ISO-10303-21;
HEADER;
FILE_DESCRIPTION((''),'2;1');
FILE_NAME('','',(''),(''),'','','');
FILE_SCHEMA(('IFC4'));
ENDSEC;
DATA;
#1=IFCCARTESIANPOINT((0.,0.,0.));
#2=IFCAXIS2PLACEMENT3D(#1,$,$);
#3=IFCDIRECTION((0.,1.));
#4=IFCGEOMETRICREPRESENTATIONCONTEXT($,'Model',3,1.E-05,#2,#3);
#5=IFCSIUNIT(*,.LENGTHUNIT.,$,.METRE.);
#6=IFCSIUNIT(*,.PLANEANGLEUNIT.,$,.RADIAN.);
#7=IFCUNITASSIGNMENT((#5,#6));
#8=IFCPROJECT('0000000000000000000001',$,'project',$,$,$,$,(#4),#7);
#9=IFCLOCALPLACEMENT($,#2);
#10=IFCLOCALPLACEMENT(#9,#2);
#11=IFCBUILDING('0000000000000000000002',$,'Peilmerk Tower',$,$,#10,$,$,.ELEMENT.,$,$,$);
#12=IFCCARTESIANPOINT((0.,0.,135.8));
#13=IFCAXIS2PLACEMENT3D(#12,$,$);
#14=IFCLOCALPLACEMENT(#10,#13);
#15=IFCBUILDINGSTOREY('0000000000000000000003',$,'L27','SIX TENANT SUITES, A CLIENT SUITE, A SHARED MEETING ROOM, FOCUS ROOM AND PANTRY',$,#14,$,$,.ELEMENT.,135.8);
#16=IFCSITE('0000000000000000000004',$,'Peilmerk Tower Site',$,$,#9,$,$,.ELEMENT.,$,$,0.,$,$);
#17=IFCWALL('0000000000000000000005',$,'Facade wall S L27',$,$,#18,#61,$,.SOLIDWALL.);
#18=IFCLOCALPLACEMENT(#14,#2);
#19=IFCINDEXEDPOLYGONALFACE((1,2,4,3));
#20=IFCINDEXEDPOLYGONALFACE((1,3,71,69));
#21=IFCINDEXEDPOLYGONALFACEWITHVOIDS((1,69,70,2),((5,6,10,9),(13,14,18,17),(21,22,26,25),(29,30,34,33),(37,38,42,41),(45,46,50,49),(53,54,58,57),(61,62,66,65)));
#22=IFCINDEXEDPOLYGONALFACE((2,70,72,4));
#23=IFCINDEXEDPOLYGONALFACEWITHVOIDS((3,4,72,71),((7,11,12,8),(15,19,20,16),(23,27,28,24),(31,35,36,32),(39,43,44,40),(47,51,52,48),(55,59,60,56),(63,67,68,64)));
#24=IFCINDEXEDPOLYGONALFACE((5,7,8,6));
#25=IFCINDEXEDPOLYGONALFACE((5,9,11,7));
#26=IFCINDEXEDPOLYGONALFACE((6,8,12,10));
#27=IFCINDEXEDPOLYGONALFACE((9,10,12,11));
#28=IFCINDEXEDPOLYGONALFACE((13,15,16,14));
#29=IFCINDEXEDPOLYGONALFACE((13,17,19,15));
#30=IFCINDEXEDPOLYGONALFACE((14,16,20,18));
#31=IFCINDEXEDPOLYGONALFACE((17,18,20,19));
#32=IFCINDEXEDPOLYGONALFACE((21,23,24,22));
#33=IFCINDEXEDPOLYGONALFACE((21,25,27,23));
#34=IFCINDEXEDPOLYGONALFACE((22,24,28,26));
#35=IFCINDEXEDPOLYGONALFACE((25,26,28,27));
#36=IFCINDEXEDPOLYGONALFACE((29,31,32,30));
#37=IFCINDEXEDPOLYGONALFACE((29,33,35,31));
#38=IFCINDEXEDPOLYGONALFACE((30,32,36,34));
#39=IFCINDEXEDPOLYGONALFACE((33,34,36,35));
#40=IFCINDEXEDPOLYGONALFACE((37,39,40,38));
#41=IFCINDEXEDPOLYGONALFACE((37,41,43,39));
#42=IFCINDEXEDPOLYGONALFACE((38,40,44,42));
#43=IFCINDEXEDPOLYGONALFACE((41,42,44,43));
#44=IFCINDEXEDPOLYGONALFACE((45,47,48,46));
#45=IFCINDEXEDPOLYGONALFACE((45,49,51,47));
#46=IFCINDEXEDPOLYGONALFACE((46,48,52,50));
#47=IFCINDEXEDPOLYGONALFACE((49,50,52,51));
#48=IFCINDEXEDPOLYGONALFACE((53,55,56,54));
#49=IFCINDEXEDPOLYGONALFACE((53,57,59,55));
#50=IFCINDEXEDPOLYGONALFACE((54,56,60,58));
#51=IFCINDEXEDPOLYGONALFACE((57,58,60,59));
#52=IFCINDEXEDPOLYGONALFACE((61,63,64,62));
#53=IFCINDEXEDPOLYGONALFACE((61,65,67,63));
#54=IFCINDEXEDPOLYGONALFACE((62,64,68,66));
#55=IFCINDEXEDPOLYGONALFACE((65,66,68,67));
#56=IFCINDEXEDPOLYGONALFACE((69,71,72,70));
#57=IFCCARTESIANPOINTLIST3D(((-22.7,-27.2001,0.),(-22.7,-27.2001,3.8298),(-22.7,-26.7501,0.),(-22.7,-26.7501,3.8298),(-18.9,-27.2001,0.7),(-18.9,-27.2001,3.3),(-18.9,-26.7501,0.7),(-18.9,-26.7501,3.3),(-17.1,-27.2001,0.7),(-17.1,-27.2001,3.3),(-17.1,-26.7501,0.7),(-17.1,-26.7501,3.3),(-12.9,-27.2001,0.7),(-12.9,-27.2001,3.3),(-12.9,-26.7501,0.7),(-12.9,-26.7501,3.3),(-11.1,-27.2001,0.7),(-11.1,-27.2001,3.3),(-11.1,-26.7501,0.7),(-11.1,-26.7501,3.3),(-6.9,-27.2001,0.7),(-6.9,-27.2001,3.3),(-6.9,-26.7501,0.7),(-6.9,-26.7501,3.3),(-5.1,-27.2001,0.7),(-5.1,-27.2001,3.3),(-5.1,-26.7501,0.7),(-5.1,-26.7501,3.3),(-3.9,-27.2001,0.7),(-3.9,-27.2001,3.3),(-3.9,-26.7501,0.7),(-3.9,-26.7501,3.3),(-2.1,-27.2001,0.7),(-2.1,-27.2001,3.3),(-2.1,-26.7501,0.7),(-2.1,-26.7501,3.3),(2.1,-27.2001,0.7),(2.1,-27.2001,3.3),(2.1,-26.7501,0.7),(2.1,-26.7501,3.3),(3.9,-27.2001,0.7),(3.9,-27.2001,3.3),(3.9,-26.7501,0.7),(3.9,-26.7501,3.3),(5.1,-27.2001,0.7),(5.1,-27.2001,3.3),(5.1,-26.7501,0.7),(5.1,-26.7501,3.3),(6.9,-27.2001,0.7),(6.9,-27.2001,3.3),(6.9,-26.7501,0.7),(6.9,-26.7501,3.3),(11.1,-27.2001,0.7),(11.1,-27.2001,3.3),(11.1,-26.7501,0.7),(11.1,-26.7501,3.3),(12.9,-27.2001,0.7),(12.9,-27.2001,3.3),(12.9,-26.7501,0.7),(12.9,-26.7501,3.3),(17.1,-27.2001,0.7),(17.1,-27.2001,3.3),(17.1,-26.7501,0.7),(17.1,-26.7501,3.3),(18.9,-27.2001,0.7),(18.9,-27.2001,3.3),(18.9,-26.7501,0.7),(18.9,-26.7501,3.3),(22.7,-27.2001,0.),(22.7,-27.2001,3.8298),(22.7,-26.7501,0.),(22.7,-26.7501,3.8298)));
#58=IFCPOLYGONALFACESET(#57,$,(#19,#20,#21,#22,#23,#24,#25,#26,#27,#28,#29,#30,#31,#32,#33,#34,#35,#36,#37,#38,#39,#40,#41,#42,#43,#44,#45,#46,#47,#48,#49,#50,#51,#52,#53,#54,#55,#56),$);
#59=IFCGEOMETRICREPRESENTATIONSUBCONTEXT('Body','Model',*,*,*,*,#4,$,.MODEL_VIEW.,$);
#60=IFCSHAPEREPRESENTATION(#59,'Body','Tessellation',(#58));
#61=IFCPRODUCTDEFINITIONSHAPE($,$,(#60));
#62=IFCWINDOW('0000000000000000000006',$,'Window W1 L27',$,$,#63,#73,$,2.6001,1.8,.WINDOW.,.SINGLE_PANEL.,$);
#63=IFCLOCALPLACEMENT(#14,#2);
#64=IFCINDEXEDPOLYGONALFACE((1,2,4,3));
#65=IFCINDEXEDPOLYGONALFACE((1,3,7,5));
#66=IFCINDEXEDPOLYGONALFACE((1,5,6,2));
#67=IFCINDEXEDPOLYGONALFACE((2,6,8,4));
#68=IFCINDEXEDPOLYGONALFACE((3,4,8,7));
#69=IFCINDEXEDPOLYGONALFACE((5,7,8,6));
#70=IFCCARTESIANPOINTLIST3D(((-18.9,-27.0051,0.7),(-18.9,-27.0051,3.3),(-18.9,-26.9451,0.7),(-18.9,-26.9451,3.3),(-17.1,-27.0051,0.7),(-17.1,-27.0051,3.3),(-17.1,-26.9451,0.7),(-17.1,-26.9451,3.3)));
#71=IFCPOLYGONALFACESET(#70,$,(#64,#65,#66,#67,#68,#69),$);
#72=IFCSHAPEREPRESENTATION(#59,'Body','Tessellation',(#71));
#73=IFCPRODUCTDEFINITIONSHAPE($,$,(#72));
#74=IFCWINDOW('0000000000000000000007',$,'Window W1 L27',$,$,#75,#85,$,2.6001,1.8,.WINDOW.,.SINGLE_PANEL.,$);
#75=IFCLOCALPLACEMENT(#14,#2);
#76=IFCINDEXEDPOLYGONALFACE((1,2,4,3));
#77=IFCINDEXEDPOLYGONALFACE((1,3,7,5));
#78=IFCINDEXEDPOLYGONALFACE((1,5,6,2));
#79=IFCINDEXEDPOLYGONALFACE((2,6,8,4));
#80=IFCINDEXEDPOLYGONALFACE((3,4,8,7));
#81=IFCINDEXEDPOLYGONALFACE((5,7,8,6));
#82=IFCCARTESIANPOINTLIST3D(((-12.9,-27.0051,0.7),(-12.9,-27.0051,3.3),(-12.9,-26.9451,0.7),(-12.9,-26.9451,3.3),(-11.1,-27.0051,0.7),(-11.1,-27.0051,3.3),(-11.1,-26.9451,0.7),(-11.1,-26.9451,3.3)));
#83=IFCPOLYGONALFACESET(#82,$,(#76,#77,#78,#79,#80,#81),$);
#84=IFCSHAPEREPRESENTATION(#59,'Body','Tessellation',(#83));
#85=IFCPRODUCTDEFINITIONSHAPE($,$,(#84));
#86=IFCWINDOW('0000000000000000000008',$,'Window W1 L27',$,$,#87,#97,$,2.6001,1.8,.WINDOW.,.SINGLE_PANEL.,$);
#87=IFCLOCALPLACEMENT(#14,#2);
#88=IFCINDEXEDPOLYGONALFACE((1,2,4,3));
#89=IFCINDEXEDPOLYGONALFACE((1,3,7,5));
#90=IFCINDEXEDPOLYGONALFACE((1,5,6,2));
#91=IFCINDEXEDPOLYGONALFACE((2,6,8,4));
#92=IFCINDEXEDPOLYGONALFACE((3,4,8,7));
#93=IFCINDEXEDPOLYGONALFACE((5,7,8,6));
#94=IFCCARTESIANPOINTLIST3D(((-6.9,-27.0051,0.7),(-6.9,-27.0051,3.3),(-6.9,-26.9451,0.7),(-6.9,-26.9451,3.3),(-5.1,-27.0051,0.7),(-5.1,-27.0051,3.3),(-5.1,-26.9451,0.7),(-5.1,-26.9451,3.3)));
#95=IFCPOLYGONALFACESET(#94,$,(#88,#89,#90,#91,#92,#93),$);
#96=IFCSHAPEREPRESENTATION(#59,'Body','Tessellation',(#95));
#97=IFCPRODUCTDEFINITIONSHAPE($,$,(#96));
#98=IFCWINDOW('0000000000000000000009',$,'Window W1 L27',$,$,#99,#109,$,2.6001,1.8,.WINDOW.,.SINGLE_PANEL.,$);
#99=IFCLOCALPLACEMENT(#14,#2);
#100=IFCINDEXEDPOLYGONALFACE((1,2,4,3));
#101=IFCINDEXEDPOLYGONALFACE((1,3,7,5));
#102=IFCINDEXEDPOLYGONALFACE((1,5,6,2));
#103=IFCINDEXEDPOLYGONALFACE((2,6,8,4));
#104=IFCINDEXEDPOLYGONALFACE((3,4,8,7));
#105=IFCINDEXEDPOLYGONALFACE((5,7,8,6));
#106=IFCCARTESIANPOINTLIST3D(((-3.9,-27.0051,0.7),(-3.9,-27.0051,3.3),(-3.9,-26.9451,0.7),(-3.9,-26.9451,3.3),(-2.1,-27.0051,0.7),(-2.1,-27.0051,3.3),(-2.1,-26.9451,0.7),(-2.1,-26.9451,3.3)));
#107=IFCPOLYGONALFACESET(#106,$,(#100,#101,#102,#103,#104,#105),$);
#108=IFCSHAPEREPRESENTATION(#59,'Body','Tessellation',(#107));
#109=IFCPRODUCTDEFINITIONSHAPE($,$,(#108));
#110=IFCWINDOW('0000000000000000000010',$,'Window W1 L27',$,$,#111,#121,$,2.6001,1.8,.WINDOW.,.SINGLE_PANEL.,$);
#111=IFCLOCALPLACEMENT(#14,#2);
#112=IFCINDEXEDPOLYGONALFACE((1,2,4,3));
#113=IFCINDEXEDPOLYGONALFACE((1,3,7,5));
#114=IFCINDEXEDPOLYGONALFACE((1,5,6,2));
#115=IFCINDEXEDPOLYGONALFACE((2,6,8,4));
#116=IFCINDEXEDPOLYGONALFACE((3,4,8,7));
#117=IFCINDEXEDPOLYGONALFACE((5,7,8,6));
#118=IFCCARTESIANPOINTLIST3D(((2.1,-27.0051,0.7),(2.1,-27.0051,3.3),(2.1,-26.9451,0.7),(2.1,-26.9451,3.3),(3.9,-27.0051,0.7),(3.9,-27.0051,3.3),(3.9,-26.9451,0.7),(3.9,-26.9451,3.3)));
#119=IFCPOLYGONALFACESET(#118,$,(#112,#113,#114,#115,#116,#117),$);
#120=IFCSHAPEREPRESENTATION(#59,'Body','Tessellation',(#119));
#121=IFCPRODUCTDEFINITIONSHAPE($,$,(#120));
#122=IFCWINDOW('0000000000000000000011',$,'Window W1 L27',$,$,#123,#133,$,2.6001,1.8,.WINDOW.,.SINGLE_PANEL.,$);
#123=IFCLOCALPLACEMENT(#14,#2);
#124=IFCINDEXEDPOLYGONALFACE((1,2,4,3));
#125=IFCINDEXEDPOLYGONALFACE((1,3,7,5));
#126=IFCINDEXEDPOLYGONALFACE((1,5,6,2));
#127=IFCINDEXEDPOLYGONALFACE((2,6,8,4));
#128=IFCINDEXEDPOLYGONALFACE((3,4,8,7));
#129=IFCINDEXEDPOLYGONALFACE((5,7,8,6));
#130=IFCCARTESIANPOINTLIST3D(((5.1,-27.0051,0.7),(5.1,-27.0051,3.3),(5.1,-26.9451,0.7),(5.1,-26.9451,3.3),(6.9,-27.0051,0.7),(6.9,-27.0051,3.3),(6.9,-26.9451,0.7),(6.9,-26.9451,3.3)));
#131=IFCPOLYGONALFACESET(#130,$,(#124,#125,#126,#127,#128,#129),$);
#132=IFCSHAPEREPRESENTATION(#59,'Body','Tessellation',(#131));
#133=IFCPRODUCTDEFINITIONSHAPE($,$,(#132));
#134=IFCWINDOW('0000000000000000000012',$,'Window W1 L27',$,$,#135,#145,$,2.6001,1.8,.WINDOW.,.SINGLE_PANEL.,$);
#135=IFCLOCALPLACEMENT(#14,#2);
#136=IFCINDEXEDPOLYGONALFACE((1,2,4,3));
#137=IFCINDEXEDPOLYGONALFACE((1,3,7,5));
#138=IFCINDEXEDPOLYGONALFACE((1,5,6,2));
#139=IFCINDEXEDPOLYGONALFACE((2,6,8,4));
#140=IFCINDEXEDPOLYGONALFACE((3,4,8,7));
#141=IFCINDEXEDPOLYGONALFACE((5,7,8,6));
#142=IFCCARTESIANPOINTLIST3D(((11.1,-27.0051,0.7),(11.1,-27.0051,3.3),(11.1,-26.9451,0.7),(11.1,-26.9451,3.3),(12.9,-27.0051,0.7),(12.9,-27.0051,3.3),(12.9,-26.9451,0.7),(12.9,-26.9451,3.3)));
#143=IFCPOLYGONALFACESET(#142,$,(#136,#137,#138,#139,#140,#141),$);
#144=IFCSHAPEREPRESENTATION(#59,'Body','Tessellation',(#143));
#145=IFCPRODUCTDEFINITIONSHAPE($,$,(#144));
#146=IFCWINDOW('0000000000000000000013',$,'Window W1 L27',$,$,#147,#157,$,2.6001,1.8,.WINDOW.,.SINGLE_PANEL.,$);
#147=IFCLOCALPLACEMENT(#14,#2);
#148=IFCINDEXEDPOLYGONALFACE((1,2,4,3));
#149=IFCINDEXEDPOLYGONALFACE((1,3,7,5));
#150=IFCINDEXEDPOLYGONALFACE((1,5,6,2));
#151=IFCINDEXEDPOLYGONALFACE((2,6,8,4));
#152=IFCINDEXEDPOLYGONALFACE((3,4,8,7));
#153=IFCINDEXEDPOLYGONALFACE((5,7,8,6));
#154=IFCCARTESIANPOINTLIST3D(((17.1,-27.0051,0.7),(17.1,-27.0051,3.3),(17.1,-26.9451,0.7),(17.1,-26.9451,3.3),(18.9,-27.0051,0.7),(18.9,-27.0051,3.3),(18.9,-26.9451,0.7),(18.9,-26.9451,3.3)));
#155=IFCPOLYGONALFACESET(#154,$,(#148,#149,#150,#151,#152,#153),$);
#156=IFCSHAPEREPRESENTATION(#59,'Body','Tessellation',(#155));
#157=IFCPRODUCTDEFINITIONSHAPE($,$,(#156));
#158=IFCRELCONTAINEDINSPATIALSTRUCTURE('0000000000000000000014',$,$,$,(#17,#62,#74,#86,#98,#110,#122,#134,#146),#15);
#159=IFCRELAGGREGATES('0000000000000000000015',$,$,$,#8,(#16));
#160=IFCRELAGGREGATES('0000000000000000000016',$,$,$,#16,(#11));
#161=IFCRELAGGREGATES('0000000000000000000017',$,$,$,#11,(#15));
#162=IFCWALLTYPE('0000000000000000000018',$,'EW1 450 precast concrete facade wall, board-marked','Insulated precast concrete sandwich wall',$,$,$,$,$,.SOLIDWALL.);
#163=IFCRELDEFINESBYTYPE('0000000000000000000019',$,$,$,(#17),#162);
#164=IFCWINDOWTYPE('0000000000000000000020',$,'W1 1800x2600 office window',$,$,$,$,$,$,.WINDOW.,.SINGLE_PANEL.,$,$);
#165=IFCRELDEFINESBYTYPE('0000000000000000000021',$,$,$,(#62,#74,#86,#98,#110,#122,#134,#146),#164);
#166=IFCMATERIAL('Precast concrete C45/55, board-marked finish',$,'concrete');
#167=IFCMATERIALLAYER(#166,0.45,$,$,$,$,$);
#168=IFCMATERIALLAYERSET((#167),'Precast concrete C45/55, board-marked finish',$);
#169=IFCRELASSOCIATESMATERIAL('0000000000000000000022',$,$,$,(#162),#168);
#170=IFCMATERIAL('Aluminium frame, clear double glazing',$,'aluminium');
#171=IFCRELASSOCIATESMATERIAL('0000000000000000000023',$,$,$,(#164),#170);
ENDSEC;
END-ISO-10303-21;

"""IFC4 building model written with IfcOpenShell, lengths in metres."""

from ifc_helpers import new_model, si_unit, direction, frame, frame_2d, origin, place, context, subcontext, project, spatial, rectangle, extrude, material, layer, layer_set, type_object, element, fill, save


model = new_model("IFC4")

# Units and contexts
model_context = context("Model", 3, precision=1e-05, world=origin(), true_north=direction((0.0, 1.0)))
body_context = subcontext(model_context, "Body", "Model", "MODEL_VIEW")
ifc_project = project(units=[si_unit("LENGTHUNIT", "METRE"), si_unit("PLANEANGLEUNIT", "RADIAN")], contexts=[model_context])

# Site, building, storey
site_placement = place(None, origin())
site = spatial("IfcSite", under=ifc_project, at=site_placement, Name="Peilmerk Tower Site", CompositionType="ELEMENT", RefElevation=0.0)
building_placement = place(site_placement, origin())
building = spatial("IfcBuilding", under=site, at=building_placement, Name="Peilmerk Tower", CompositionType="ELEMENT")
storey_placement = place(building_placement, frame((0.0, 0.0, 135.8)))
storey = spatial("IfcBuildingStorey", under=building, at=storey_placement, Name="L27", Description="SIX TENANT SUITES, A CLIENT SUITE, A SHARED MEETING ROOM, FOCUS ROOM AND PANTRY", CompositionType="ELEMENT", Elevation=135.8)

# Wall, openings, windows
ifc_material_1 = material(Name="Precast concrete C45/55, board-marked finish", Category="concrete")
ifc_layer_1 = layer(ifc_material_1, 0.45)
ifc_layer_set_1 = layer_set([ifc_layer_1], Name="Precast concrete C45/55, board-marked finish")
wall_type = type_object("IfcWallType", Name="EW1 450 precast concrete facade wall, board-marked", Description="Insulated precast concrete sandwich wall", PredefinedType="SOLIDWALL", material=ifc_layer_set_1)
wall_placement = place(storey_placement, frame((-22.7, -26.9751, 0.0), z_axis=(0.0, 0.0, 1.0), x_axis=(1.0, 0.0, 0.0)))
wall = element("IfcWall", 1, at=wall_placement, inside=storey, type_object=wall_type, Name="Facade wall S L27", PredefinedType="SOLIDWALL", context=body_context, shape_type="SweptSolid", body=[
    extrude(rectangle(XDim=45.3999, YDim=0.45, at=frame_2d((22.7, 0.0))), origin(), (0.0, 0.0, 1.0), 3.8298),
])
opening_1_placement = place(wall_placement, frame((3.8, 0.0, 0.7)))
opening_1 = element("IfcOpeningElement", 2, at=opening_1_placement, cuts=wall, PredefinedType="OPENING", context=body_context, shape_type="SweptSolid", body=[
    extrude(rectangle(XDim=1.8, YDim=2.6001, at=frame_2d((0.8999, 1.3))), frame((0.0, 0.2349, 0.0), z_axis=(0.0, -1.0, 0.0), x_axis=(1.0, 0.0, 0.0)), (0.0, 0.0, 1.0), 0.47),
])
opening_2_placement = place(wall_placement, frame((9.8, 0.0, 0.7)))
opening_2 = element("IfcOpeningElement", 3, at=opening_2_placement, cuts=wall, PredefinedType="OPENING", context=body_context, shape_type="SweptSolid", body=[
    extrude(rectangle(XDim=1.8, YDim=2.6001, at=frame_2d((0.8999, 1.3))), frame((0.0, 0.2349, 0.0), z_axis=(0.0, -1.0, 0.0), x_axis=(1.0, 0.0, 0.0)), (0.0, 0.0, 1.0), 0.47),
])
opening_3_placement = place(wall_placement, frame((15.8, 0.0, 0.7)))
opening_3 = element("IfcOpeningElement", 4, at=opening_3_placement, cuts=wall, PredefinedType="OPENING", context=body_context, shape_type="SweptSolid", body=[
    extrude(rectangle(XDim=1.8, YDim=2.6001, at=frame_2d((0.8999, 1.3))), frame((0.0, 0.2349, 0.0), z_axis=(0.0, -1.0, 0.0), x_axis=(1.0, 0.0, 0.0)), (0.0, 0.0, 1.0), 0.47),
])
opening_4_placement = place(wall_placement, frame((18.8, 0.0, 0.7)))
opening_4 = element("IfcOpeningElement", 5, at=opening_4_placement, cuts=wall, PredefinedType="OPENING", context=body_context, shape_type="SweptSolid", body=[
    extrude(rectangle(XDim=1.8, YDim=2.6001, at=frame_2d((0.8999, 1.3))), frame((0.0, 0.2349, 0.0), z_axis=(0.0, -1.0, 0.0), x_axis=(1.0, 0.0, 0.0)), (0.0, 0.0, 1.0), 0.47),
])
opening_5_placement = place(wall_placement, frame((24.8, 0.0, 0.7)))
opening_5 = element("IfcOpeningElement", 6, at=opening_5_placement, cuts=wall, PredefinedType="OPENING", context=body_context, shape_type="SweptSolid", body=[
    extrude(rectangle(XDim=1.8, YDim=2.6001, at=frame_2d((0.8999, 1.3))), frame((0.0, 0.2349, 0.0), z_axis=(0.0, -1.0, 0.0), x_axis=(1.0, 0.0, 0.0)), (0.0, 0.0, 1.0), 0.47),
])
opening_6_placement = place(wall_placement, frame((27.8, 0.0, 0.7)))
opening_6 = element("IfcOpeningElement", 7, at=opening_6_placement, cuts=wall, PredefinedType="OPENING", context=body_context, shape_type="SweptSolid", body=[
    extrude(rectangle(XDim=1.8, YDim=2.6001, at=frame_2d((0.8999, 1.3))), frame((0.0, 0.2349, 0.0), z_axis=(0.0, -1.0, 0.0), x_axis=(1.0, 0.0, 0.0)), (0.0, 0.0, 1.0), 0.47),
])
opening_7_placement = place(wall_placement, frame((33.8, 0.0, 0.7)))
opening_7 = element("IfcOpeningElement", 8, at=opening_7_placement, cuts=wall, PredefinedType="OPENING", context=body_context, shape_type="SweptSolid", body=[
    extrude(rectangle(XDim=1.8, YDim=2.6001, at=frame_2d((0.8999, 1.3))), frame((0.0, 0.2349, 0.0), z_axis=(0.0, -1.0, 0.0), x_axis=(1.0, 0.0, 0.0)), (0.0, 0.0, 1.0), 0.47),
])
opening_8_placement = place(wall_placement, frame((39.8, 0.0, 0.7)))
opening_8 = element("IfcOpeningElement", 9, at=opening_8_placement, cuts=wall, PredefinedType="OPENING", context=body_context, shape_type="SweptSolid", body=[
    extrude(rectangle(XDim=1.8, YDim=2.6001, at=frame_2d((0.8999, 1.3))), frame((0.0, 0.2349, 0.0), z_axis=(0.0, -1.0, 0.0), x_axis=(1.0, 0.0, 0.0)), (0.0, 0.0, 1.0), 0.47),
])
ifc_material_2 = material(Name="Aluminium frame, clear double glazing", Category="aluminium")
window_type = type_object("IfcWindowType", Name="W1 1800x2600 office window", PartitioningType="SINGLE_PANEL", PredefinedType="WINDOW", material=ifc_material_2)
window_1_placement = place(opening_1_placement, origin())
window_1 = element("IfcWindow", 10, at=window_1_placement, inside=storey, type_object=window_type, Name="Window W1 L27", OverallHeight=2.6001, OverallWidth=1.8, PartitioningType="SINGLE_PANEL", PredefinedType="WINDOW", context=body_context, shape_type="SweptSolid", body=[
    extrude(rectangle(XDim=1.8, YDim=2.6001, at=frame_2d((0.8999, 1.3))), frame((0.0, 0.03, 0.0), z_axis=(0.0, -1.0, 0.0), x_axis=(1.0, 0.0, 0.0)), (0.0, 0.0, 1.0), 0.0601),
])
fill(opening_1, window_1)
window_2_placement = place(opening_2_placement, origin())
window_2 = element("IfcWindow", 11, at=window_2_placement, inside=storey, type_object=window_type, Name="Window W1 L27", OverallHeight=2.6001, OverallWidth=1.8, PartitioningType="SINGLE_PANEL", PredefinedType="WINDOW", context=body_context, shape_type="SweptSolid", body=[
    extrude(rectangle(XDim=1.8, YDim=2.6001, at=frame_2d((0.8999, 1.3))), frame((0.0, 0.03, 0.0), z_axis=(0.0, -1.0, 0.0), x_axis=(1.0, 0.0, 0.0)), (0.0, 0.0, 1.0), 0.0601),
])
fill(opening_2, window_2)
window_3_placement = place(opening_3_placement, origin())
window_3 = element("IfcWindow", 12, at=window_3_placement, inside=storey, type_object=window_type, Name="Window W1 L27", OverallHeight=2.6001, OverallWidth=1.8, PartitioningType="SINGLE_PANEL", PredefinedType="WINDOW", context=body_context, shape_type="SweptSolid", body=[
    extrude(rectangle(XDim=1.8, YDim=2.6001, at=frame_2d((0.8999, 1.3))), frame((0.0, 0.03, 0.0), z_axis=(0.0, -1.0, 0.0), x_axis=(1.0, 0.0, 0.0)), (0.0, 0.0, 1.0), 0.0601),
])
fill(opening_3, window_3)
window_4_placement = place(opening_4_placement, origin())
window_4 = element("IfcWindow", 13, at=window_4_placement, inside=storey, type_object=window_type, Name="Window W1 L27", OverallHeight=2.6001, OverallWidth=1.8, PartitioningType="SINGLE_PANEL", PredefinedType="WINDOW", context=body_context, shape_type="SweptSolid", body=[
    extrude(rectangle(XDim=1.8, YDim=2.6001, at=frame_2d((0.8999, 1.3))), frame((0.0, 0.03, 0.0), z_axis=(0.0, -1.0, 0.0), x_axis=(1.0, 0.0, 0.0)), (0.0, 0.0, 1.0), 0.0601),
])
fill(opening_4, window_4)
window_5_placement = place(opening_5_placement, origin())
window_5 = element("IfcWindow", 14, at=window_5_placement, inside=storey, type_object=window_type, Name="Window W1 L27", OverallHeight=2.6001, OverallWidth=1.8, PartitioningType="SINGLE_PANEL", PredefinedType="WINDOW", context=body_context, shape_type="SweptSolid", body=[
    extrude(rectangle(XDim=1.8, YDim=2.6001, at=frame_2d((0.8999, 1.3))), frame((0.0, 0.03, 0.0), z_axis=(0.0, -1.0, 0.0), x_axis=(1.0, 0.0, 0.0)), (0.0, 0.0, 1.0), 0.0601),
])
fill(opening_5, window_5)
window_6_placement = place(opening_6_placement, origin())
window_6 = element("IfcWindow", 15, at=window_6_placement, inside=storey, type_object=window_type, Name="Window W1 L27", OverallHeight=2.6001, OverallWidth=1.8, PartitioningType="SINGLE_PANEL", PredefinedType="WINDOW", context=body_context, shape_type="SweptSolid", body=[
    extrude(rectangle(XDim=1.8, YDim=2.6001, at=frame_2d((0.8999, 1.3))), frame((0.0, 0.03, 0.0), z_axis=(0.0, -1.0, 0.0), x_axis=(1.0, 0.0, 0.0)), (0.0, 0.0, 1.0), 0.0601),
])
fill(opening_6, window_6)
window_7_placement = place(opening_7_placement, origin())
window_7 = element("IfcWindow", 16, at=window_7_placement, inside=storey, type_object=window_type, Name="Window W1 L27", OverallHeight=2.6001, OverallWidth=1.8, PartitioningType="SINGLE_PANEL", PredefinedType="WINDOW", context=body_context, shape_type="SweptSolid", body=[
    extrude(rectangle(XDim=1.8, YDim=2.6001, at=frame_2d((0.8999, 1.3))), frame((0.0, 0.03, 0.0), z_axis=(0.0, -1.0, 0.0), x_axis=(1.0, 0.0, 0.0)), (0.0, 0.0, 1.0), 0.0601),
])
fill(opening_7, window_7)
window_8_placement = place(opening_8_placement, origin())
window_8 = element("IfcWindow", 17, at=window_8_placement, inside=storey, type_object=window_type, Name="Window W1 L27", OverallHeight=2.6001, OverallWidth=1.8, PartitioningType="SINGLE_PANEL", PredefinedType="WINDOW", context=body_context, shape_type="SweptSolid", body=[
    extrude(rectangle(XDim=1.8, YDim=2.6001, at=frame_2d((0.8999, 1.3))), frame((0.0, 0.03, 0.0), z_axis=(0.0, -1.0, 0.0), x_axis=(1.0, 0.0, 0.0)), (0.0, 0.0, 1.0), 0.0601),
])
fill(opening_8, window_8)

save(model, "model.ifc")
